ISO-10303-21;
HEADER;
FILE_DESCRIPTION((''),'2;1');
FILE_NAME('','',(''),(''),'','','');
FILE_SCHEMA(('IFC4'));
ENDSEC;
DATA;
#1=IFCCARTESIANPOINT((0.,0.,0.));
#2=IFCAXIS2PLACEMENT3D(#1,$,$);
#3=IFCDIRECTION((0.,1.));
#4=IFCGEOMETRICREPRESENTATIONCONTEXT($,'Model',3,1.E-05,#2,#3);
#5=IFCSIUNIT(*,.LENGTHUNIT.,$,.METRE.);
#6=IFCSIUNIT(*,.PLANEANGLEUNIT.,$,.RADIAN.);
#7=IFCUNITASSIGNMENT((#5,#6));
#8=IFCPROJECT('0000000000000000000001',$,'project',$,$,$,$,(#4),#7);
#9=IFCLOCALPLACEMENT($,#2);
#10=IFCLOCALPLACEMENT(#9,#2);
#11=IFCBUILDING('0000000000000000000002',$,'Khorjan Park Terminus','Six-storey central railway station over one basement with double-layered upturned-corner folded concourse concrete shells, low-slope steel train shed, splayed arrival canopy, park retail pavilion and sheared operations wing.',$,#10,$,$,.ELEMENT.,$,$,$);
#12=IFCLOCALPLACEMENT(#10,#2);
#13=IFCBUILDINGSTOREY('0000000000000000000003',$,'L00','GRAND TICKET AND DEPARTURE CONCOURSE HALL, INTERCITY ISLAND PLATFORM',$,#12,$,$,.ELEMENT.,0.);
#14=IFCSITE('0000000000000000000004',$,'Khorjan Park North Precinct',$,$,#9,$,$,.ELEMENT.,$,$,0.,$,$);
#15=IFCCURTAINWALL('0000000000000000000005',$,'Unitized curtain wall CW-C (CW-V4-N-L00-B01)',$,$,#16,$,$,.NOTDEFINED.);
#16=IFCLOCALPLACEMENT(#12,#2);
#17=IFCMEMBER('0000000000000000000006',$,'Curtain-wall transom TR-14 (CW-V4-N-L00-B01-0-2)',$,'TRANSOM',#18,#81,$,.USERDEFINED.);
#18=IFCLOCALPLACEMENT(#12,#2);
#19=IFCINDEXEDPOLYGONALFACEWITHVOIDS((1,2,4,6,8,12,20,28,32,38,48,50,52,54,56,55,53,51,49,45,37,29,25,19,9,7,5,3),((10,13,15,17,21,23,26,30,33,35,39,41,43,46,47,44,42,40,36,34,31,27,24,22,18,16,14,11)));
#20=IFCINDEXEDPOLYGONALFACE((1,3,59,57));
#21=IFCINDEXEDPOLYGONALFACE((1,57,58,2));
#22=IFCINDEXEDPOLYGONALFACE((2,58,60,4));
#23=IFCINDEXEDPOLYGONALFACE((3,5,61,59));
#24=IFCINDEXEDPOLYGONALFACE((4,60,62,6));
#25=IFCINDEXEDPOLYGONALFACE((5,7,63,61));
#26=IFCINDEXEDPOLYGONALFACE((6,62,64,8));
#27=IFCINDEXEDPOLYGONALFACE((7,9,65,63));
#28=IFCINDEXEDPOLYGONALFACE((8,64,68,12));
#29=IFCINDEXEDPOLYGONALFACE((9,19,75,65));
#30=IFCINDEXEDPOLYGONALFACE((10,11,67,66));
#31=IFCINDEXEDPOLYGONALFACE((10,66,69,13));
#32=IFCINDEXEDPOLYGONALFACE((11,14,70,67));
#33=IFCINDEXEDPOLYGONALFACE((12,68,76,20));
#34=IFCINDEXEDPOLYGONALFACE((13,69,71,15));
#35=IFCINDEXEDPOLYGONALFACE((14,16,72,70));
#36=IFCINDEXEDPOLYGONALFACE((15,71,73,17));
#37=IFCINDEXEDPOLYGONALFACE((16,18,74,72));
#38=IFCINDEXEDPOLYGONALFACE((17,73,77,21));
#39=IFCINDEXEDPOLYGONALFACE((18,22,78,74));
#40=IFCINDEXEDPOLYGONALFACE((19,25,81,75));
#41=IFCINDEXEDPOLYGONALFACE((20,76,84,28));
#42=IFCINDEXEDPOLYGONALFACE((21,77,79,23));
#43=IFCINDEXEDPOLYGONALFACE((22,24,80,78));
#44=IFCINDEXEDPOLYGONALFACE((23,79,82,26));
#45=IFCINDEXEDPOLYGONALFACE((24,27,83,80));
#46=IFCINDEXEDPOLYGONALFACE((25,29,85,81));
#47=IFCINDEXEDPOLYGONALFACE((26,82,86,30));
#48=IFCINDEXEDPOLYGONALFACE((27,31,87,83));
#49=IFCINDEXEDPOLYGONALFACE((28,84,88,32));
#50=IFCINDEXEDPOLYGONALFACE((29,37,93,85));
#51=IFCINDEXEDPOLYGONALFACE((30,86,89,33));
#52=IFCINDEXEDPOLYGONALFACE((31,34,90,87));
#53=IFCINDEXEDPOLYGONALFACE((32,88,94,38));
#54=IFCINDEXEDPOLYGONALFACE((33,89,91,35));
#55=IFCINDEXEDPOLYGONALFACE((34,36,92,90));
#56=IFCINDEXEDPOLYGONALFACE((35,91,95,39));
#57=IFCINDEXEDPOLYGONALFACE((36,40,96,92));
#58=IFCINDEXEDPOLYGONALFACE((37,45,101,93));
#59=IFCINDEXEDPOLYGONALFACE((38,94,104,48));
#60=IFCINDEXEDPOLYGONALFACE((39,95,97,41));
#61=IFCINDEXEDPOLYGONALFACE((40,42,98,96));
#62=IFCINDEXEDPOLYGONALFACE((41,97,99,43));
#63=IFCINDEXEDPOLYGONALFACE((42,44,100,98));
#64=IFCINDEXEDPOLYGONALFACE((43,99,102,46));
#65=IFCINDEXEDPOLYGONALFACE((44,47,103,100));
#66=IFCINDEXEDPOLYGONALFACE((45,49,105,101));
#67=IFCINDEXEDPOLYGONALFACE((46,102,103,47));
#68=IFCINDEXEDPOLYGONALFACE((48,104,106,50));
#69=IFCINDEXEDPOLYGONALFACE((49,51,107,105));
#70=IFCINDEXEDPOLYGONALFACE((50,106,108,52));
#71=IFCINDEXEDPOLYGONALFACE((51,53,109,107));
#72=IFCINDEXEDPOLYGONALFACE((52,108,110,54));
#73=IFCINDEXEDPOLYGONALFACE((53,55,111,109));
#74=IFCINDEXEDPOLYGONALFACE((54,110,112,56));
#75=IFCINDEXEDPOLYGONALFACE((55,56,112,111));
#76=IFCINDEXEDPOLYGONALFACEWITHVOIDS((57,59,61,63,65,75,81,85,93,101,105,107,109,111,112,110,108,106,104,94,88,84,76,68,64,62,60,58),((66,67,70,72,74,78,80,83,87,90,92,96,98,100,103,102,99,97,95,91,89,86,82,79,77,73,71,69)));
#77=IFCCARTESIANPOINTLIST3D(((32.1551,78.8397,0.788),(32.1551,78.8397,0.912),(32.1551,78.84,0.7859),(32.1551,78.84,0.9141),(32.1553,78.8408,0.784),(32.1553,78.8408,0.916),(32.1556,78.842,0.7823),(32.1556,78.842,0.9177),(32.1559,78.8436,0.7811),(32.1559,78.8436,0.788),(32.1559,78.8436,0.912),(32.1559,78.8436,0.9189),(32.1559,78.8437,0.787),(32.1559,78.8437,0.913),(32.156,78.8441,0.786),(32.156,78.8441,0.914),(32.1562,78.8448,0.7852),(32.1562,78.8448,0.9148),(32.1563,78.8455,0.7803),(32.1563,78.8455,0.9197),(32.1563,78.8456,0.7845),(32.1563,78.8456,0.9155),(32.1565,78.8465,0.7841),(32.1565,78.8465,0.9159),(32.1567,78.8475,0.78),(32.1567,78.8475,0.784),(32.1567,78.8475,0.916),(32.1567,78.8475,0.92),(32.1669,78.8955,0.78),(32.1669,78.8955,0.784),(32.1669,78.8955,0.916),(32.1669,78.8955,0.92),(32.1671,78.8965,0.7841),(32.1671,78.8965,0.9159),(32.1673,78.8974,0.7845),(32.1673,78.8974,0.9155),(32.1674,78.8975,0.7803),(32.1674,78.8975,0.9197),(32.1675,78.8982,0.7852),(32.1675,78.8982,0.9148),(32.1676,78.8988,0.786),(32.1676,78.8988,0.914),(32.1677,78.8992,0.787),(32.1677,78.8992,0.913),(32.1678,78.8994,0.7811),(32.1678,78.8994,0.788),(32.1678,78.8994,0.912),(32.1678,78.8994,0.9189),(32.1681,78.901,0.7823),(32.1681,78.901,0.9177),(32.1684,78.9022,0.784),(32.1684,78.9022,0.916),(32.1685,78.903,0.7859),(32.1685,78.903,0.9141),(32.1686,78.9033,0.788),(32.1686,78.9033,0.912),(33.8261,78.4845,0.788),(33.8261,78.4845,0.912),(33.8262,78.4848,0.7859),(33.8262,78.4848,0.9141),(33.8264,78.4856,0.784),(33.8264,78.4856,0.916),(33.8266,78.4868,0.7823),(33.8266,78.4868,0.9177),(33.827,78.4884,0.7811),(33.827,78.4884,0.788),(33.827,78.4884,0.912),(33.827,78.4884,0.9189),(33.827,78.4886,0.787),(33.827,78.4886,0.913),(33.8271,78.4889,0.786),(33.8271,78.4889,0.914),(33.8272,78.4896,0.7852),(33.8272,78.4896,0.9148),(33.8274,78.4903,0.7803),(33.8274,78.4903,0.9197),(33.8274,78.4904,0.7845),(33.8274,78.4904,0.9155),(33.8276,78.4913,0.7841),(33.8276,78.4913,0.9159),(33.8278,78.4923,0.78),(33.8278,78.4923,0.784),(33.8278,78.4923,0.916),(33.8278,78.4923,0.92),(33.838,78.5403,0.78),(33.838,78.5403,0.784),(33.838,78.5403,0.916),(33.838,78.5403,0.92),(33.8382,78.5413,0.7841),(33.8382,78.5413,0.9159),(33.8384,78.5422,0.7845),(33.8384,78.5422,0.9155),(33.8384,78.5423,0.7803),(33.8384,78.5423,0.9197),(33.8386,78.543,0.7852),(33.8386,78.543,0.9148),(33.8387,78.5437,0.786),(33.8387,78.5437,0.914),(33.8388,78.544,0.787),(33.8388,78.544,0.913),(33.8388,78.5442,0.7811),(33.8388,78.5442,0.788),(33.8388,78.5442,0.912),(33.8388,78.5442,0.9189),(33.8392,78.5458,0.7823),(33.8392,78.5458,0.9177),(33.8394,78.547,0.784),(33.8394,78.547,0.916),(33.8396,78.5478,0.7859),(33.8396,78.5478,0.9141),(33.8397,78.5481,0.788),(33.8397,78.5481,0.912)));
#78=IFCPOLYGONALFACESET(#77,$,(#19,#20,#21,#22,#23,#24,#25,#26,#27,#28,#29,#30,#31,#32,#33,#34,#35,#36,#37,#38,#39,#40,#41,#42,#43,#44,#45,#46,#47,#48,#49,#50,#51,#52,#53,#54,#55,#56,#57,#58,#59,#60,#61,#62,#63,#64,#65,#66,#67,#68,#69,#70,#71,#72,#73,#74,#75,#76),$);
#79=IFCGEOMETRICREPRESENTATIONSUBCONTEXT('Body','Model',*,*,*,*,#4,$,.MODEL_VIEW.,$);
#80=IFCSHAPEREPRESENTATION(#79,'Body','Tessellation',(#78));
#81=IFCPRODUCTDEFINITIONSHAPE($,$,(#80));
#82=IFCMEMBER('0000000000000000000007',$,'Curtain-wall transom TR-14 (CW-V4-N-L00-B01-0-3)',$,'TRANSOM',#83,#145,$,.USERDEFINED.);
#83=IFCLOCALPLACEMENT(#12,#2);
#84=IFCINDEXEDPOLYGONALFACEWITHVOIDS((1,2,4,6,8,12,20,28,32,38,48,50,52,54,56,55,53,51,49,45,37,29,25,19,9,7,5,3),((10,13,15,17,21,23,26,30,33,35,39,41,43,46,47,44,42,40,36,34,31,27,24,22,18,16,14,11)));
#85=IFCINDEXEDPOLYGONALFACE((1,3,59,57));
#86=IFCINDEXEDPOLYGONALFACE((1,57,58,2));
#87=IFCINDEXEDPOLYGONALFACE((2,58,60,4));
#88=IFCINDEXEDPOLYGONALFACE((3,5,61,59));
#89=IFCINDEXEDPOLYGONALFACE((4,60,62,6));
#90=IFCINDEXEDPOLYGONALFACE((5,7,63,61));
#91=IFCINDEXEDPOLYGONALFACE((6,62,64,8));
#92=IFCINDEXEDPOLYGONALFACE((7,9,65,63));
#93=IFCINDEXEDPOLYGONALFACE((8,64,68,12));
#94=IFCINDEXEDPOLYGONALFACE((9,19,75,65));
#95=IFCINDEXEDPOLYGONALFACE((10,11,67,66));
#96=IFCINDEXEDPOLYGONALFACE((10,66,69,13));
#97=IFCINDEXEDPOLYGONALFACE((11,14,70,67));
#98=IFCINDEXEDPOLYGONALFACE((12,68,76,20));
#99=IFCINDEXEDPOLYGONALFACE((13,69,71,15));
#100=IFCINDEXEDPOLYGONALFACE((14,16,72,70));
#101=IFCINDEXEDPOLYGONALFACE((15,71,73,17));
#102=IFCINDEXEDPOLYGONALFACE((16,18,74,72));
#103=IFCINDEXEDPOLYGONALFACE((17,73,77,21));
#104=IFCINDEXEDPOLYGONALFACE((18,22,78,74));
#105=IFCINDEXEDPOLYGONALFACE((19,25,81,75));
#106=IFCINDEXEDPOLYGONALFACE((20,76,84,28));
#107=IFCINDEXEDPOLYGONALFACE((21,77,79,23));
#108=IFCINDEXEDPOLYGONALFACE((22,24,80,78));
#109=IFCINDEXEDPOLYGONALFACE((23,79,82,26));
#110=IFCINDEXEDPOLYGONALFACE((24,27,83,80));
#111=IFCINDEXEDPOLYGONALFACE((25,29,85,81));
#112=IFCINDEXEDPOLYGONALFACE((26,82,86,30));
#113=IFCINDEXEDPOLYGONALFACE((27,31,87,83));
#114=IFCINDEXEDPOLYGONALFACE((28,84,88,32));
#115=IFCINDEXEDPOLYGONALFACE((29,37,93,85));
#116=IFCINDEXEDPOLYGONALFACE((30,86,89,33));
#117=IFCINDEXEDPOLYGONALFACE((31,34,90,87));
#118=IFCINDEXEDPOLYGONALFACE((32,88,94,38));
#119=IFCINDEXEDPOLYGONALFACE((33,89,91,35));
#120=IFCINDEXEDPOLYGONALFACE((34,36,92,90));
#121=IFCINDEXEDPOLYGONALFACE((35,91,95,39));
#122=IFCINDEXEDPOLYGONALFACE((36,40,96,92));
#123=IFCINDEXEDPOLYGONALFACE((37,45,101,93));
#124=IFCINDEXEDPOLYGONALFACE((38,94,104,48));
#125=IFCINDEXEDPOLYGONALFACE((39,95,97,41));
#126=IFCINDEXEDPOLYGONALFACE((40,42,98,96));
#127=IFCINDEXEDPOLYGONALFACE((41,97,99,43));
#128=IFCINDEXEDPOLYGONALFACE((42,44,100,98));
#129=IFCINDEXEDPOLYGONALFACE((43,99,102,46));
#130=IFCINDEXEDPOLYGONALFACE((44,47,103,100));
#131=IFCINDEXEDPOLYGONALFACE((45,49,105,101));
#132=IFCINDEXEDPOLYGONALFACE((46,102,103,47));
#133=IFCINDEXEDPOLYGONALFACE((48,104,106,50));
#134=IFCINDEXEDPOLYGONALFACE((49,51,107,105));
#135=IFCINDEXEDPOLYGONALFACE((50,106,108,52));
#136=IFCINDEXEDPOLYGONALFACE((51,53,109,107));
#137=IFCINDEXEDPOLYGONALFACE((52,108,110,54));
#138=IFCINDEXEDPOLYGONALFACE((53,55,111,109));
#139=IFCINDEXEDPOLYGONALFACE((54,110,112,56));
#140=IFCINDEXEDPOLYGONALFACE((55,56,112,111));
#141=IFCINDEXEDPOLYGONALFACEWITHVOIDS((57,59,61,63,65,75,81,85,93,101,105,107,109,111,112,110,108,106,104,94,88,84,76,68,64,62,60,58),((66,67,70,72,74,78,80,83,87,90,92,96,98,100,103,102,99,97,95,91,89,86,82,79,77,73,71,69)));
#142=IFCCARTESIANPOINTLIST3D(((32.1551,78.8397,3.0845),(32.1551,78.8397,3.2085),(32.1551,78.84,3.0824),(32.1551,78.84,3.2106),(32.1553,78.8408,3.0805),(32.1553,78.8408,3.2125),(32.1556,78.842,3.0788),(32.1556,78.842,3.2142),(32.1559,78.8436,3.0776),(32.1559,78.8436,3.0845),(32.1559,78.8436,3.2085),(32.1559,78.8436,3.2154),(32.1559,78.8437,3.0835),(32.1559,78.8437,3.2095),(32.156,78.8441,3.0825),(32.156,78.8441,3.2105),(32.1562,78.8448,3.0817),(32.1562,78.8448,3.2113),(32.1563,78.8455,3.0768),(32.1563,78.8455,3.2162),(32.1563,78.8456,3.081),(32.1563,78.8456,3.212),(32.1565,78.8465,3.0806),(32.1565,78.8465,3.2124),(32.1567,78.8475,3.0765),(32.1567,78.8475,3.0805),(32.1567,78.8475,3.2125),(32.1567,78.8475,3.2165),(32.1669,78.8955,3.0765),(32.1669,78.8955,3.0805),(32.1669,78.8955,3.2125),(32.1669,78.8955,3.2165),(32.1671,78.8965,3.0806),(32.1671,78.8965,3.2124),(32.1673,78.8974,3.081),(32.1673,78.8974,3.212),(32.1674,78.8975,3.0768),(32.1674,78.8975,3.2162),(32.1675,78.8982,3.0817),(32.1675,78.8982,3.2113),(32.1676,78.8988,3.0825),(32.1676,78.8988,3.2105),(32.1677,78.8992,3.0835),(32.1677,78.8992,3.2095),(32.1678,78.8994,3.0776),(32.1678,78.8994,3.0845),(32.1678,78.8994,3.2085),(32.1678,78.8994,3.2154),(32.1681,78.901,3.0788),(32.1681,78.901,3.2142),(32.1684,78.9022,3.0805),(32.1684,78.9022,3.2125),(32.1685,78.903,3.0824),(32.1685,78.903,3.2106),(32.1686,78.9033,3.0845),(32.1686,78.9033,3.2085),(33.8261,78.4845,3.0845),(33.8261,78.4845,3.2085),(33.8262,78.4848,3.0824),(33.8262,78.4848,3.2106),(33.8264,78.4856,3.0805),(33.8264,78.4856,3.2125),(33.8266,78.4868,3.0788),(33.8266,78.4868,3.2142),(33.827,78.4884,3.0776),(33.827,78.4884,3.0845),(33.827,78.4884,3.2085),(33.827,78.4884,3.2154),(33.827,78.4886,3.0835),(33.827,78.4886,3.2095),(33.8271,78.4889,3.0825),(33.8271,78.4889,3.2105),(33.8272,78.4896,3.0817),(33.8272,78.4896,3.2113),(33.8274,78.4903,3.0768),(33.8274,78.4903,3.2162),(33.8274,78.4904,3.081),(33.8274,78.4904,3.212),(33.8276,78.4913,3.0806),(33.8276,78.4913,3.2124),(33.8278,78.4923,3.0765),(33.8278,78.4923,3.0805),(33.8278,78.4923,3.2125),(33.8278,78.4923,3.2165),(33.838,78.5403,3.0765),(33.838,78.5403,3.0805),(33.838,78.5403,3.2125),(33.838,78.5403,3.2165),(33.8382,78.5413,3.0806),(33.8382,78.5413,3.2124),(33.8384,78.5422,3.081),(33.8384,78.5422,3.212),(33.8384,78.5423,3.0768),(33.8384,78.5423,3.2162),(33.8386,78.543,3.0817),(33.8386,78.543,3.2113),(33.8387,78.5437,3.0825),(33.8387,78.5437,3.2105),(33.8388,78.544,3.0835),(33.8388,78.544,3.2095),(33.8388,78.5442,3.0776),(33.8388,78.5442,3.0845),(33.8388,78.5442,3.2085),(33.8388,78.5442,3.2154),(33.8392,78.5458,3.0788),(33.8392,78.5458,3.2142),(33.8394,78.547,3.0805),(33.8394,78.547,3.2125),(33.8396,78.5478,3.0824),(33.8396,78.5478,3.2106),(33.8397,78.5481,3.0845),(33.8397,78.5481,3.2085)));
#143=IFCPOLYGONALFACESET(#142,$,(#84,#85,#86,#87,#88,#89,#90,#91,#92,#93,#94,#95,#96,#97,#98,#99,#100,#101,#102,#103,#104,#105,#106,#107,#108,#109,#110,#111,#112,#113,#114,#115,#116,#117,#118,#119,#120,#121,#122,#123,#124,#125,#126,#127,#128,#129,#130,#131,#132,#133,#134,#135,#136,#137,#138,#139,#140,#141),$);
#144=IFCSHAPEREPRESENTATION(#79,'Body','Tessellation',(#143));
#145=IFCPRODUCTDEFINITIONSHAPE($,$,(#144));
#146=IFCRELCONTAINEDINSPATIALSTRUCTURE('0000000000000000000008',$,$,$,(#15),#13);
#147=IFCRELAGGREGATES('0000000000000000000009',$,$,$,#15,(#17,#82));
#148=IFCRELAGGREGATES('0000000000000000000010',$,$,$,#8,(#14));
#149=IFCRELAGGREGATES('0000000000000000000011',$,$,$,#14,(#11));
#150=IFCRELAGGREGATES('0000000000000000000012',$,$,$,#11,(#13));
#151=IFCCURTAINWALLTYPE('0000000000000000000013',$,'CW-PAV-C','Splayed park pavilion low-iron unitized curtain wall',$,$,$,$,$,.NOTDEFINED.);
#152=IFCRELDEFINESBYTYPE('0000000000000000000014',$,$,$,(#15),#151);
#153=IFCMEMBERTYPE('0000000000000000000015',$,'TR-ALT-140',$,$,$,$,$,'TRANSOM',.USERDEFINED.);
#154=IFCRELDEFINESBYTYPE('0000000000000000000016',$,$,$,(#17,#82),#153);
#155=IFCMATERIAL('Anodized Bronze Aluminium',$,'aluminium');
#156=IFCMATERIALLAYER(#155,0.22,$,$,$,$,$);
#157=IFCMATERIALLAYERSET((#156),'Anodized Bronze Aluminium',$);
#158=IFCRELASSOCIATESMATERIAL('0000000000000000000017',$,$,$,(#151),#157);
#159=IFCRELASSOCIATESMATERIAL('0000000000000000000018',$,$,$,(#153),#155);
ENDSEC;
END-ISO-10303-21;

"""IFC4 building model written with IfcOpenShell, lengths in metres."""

from ifc_helpers import new_model, si_unit, direction, frame, origin, origin_2d, place, context, subcontext, project, spatial, hollow_rectangle, extrude, material, layer, layer_set, material_profile, profile_set, type_object, element, aggregate, save


model = new_model("IFC4")

# Units and contexts
model_context = context("Model", 3, precision=1e-05, world=origin(), true_north=direction((0.0, 1.0)))
body_context = subcontext(model_context, "Body", "Model", "MODEL_VIEW")
ifc_project = project(units=[si_unit("LENGTHUNIT", "METRE"), si_unit("PLANEANGLEUNIT", "RADIAN")], contexts=[model_context])

# Site, building, storey
site_placement = place(None, origin())
site = spatial("IfcSite", under=ifc_project, at=site_placement, Name="Khorjan Park North Precinct", CompositionType="ELEMENT", RefElevation=0.0)
building_placement = place(site_placement, origin())
building = spatial("IfcBuilding", under=site, at=building_placement, Name="Khorjan Park Terminus", Description="Six-storey central railway station over one basement with double-layered upturned-corner folded concourse concrete shells, low-slope steel train shed, splayed arrival canopy, park retail pavilion and sheared operations wing.", CompositionType="ELEMENT")
storey_placement = place(building_placement, origin())
storey = spatial("IfcBuildingStorey", under=building, at=storey_placement, Name="L00", Description="GRAND TICKET AND DEPARTURE CONCOURSE HALL, INTERCITY ISLAND PLATFORM", CompositionType="ELEMENT", Elevation=0.0)

# Curtain wall, members
ifc_material_1 = material(Name="Anodized Bronze Aluminium", Category="aluminium")
ifc_layer_1 = layer(ifc_material_1, 0.22)
ifc_layer_set_1 = layer_set([ifc_layer_1], Name="Anodized Bronze Aluminium")
curtain_wall_type = type_object("IfcCurtainWallType", Name="CW-PAV-C", Description="Splayed park pavilion low-iron unitized curtain wall", PredefinedType="NOTDEFINED", material=ifc_layer_set_1)
curtain_wall_placement = place(storey_placement, origin())
curtain_wall = element("IfcCurtainWall", 1, at=curtain_wall_placement, inside=storey, type_object=curtain_wall_type, Name="Unitized curtain wall CW-C (CW-V4-N-L00-B01)", PredefinedType="NOTDEFINED")
ifc_material_profile_1 = material_profile(ifc_material_1, hollow_rectangle(XDim=0.065, YDim=0.14, WallThickness=0.004, InnerFilletRadius=0.004, OuterFilletRadius=0.008, at=origin_2d()), Name="ALT 65x140x4")
ifc_profile_set_1 = profile_set([ifc_material_profile_1], Name="Anodized Bronze Aluminium")
member_type_1 = type_object("IfcMemberType", Name="TR-ALT-140", ElementType="TRANSOM", PredefinedType="USERDEFINED", material=ifc_profile_set_1)
member_1_placement = place(storey_placement, frame((33.8329, 78.5163, 0.85), z_axis=(-0.978148, 0.20791, 0.0), x_axis=(-0.20791, -0.978148, 0.0)))
member_1 = element("IfcMember", 2, at=member_1_placement, type_object=member_type_1, Name="Curtain-wall transom TR-14 (CW-V4-N-L00-B01-0-2)", ObjectType="TRANSOM", PredefinedType="USERDEFINED", context=body_context, shape_type="SweptSolid", body=[
    extrude(hollow_rectangle(XDim=0.065, YDim=0.14, WallThickness=0.004, InnerFilletRadius=0.004, OuterFilletRadius=0.008, at=origin_2d()), origin(), (0.0, 0.0, 1.0), 1.7084),
])
member_2_placement = place(storey_placement, frame((33.8329, 78.5163, 3.1465), z_axis=(-0.978148, 0.20791, 0.0), x_axis=(-0.20791, -0.978148, 0.0)))
member_2 = element("IfcMember", 3, at=member_2_placement, type_object=member_type_1, Name="Curtain-wall transom TR-14 (CW-V4-N-L00-B01-0-3)", ObjectType="TRANSOM", PredefinedType="USERDEFINED", context=body_context, shape_type="SweptSolid", body=[
    extrude(hollow_rectangle(XDim=0.065, YDim=0.14, WallThickness=0.004, InnerFilletRadius=0.004, OuterFilletRadius=0.008, at=origin_2d()), origin(), (0.0, 0.0, 1.0), 1.7084),
])
aggregate(curtain_wall, [member_1, member_2])

save(model, "model.ifc")
